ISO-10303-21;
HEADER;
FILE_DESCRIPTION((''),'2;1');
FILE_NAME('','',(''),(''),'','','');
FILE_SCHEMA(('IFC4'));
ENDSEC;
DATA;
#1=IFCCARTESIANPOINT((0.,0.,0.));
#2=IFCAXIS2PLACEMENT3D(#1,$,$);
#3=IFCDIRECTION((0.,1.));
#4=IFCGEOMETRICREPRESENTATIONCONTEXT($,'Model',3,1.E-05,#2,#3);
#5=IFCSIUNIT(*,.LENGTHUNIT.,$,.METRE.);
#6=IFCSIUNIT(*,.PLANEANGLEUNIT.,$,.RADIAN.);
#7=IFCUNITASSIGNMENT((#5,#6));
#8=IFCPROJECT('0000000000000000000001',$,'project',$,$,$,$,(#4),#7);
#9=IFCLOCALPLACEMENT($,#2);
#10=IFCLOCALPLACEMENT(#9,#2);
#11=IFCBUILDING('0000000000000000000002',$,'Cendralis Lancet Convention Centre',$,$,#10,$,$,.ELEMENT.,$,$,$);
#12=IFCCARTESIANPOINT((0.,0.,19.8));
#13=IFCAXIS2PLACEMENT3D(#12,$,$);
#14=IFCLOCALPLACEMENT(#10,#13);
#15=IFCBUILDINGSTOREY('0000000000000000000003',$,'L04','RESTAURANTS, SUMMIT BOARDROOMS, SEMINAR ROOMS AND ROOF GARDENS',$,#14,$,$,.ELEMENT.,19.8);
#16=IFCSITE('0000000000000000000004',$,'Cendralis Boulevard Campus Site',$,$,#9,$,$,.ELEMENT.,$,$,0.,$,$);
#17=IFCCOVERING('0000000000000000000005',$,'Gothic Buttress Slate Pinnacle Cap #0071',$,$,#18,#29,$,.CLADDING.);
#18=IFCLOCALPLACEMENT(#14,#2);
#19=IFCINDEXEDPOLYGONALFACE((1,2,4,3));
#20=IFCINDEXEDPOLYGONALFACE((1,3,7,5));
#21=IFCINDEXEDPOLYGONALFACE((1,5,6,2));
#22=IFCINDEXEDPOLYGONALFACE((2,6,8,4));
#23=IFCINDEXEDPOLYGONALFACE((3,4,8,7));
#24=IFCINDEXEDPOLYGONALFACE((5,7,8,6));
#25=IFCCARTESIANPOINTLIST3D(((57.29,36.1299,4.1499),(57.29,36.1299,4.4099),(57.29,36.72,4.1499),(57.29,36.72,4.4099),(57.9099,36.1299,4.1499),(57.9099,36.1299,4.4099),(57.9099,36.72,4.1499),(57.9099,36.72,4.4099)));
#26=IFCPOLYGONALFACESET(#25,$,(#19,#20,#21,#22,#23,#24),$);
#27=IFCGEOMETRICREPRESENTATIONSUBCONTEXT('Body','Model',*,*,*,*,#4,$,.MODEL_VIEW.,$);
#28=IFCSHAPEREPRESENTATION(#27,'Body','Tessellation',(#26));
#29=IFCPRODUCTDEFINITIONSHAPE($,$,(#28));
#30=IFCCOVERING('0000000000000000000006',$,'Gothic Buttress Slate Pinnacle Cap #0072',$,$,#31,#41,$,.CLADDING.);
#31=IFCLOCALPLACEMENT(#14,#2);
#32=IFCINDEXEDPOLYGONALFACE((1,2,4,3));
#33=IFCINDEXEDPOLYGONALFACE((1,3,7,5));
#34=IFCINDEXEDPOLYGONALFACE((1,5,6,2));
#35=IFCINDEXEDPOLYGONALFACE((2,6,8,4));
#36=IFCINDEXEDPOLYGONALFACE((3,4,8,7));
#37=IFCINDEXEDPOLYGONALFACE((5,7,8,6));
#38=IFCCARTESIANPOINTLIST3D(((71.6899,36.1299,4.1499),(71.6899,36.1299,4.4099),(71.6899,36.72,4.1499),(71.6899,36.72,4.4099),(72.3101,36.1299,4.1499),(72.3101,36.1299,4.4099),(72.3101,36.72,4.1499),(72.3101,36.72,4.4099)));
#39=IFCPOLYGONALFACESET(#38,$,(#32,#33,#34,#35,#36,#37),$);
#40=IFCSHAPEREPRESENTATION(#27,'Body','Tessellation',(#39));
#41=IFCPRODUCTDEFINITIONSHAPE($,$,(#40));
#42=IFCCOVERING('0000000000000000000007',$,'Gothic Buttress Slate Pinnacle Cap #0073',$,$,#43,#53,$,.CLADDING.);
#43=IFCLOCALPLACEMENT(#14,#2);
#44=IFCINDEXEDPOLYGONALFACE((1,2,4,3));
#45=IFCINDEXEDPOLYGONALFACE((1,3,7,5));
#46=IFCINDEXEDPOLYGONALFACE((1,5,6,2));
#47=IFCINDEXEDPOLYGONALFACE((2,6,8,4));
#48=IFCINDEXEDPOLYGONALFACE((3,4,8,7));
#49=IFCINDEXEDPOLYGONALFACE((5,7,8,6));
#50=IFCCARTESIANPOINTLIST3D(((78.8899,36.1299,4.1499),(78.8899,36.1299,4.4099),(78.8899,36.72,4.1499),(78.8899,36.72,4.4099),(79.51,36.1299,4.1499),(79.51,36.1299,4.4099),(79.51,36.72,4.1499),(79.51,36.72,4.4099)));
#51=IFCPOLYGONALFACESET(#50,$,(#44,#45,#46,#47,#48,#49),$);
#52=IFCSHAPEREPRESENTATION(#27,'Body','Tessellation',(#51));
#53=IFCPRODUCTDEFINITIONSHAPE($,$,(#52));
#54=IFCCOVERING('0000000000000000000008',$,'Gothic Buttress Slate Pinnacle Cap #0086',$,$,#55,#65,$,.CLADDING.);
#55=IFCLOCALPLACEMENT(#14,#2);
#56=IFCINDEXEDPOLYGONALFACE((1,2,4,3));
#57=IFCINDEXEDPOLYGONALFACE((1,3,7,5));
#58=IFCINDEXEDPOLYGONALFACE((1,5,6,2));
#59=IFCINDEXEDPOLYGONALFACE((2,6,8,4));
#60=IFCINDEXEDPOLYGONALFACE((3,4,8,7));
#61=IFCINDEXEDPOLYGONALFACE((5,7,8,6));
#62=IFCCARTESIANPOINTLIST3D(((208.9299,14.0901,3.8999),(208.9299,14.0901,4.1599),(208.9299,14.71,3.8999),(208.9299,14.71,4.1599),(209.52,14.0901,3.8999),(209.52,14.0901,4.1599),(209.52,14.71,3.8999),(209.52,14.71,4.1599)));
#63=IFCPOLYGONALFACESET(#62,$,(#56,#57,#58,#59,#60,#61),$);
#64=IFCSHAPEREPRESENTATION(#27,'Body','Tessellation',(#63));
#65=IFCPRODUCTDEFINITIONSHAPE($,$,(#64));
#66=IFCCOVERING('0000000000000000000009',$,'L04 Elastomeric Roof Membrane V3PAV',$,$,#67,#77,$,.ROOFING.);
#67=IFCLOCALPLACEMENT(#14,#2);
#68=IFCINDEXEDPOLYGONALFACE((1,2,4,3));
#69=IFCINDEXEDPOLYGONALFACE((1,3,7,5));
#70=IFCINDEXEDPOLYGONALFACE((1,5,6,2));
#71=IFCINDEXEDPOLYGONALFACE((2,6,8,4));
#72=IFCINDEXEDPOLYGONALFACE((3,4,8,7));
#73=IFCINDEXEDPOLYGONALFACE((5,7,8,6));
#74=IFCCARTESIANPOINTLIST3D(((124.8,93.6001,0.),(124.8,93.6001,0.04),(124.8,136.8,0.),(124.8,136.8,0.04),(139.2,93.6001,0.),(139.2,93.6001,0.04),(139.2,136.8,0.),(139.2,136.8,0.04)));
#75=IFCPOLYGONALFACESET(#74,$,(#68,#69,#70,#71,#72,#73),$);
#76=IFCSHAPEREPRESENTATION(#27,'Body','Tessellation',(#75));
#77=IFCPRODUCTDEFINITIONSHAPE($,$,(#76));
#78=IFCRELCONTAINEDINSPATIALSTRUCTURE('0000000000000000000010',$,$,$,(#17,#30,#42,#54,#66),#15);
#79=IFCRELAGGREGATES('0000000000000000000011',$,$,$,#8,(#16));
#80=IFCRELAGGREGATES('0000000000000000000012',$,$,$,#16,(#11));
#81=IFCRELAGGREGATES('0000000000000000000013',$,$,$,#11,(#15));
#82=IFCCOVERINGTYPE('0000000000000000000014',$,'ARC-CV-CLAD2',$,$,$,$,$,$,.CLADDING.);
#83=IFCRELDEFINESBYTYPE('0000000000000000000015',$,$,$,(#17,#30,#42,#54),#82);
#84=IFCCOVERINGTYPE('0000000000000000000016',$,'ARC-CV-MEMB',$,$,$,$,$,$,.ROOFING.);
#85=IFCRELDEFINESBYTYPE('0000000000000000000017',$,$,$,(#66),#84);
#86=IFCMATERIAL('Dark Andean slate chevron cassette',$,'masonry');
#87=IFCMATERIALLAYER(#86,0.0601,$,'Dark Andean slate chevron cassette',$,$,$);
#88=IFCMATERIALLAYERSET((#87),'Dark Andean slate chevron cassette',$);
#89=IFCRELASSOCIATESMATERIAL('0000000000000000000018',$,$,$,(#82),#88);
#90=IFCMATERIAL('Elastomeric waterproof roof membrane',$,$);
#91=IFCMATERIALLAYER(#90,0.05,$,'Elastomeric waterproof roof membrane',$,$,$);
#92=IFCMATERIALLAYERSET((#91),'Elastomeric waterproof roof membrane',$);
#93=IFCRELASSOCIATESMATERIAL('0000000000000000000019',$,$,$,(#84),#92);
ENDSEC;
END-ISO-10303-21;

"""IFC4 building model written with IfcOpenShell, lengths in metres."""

from ifc_helpers import new_model, si_unit, direction, frame, origin, place, context, subcontext, project, spatial, polyline, outline, extrude, material, layer, layer_set, type_object, element, save


model = new_model("IFC4")

# Units and contexts
model_context = context("Model", 3, precision=1e-05, world=origin(), true_north=direction((0.0, 1.0)))
body_context = subcontext(model_context, "Body", "Model", "MODEL_VIEW")
ifc_project = project(units=[si_unit("LENGTHUNIT", "METRE"), si_unit("PLANEANGLEUNIT", "RADIAN")], contexts=[model_context])

# Site, building, storey
site_placement = place(None, origin())
site = spatial("IfcSite", under=ifc_project, at=site_placement, Name="Cendralis Boulevard Campus Site", CompositionType="ELEMENT", RefElevation=0.0)
building_placement = place(site_placement, origin())
building = spatial("IfcBuilding", under=site, at=building_placement, Name="Cendralis Lancet Convention Centre", CompositionType="ELEMENT")
storey_placement = place(building_placement, frame((0.0, 0.0, 19.8)))
storey = spatial("IfcBuildingStorey", under=building, at=storey_placement, Name="L04", Description="RESTAURANTS, SUMMIT BOARDROOMS, SEMINAR ROOMS AND ROOF GARDENS", CompositionType="ELEMENT", Elevation=19.8)

# Coverings
ifc_material_1 = material(Name="Dark Andean slate chevron cassette", Category="masonry")
ifc_layer_1 = layer(ifc_material_1, 0.0601, Name="Dark Andean slate chevron cassette")
ifc_layer_set_1 = layer_set([ifc_layer_1], Name="Dark Andean slate chevron cassette")
covering_type_1 = type_object("IfcCoveringType", Name="ARC-CV-CLAD2", PredefinedType="CLADDING", material=ifc_layer_set_1)
covering_1_placement = place(storey_placement, frame((0.0, 0.0, 4.1499)))
element("IfcCovering", 1, at=covering_1_placement, inside=storey, type_object=covering_type_1, Name="Gothic Buttress Slate Pinnacle Cap #0071", PredefinedType="CLADDING", context=body_context, shape_type="SweptSolid", body=[
    extrude(outline(polyline([(57.9099, 36.72), (57.29, 36.72), (57.29, 36.1299), (57.9099, 36.1299), (57.9099, 36.72)])), origin(), (0.0, 0.0, 1.0), 0.26),
])
covering_2_placement = place(storey_placement, frame((0.0, 0.0, 4.1499)))
element("IfcCovering", 2, at=covering_2_placement, inside=storey, type_object=covering_type_1, Name="Gothic Buttress Slate Pinnacle Cap #0072", PredefinedType="CLADDING", context=body_context, shape_type="SweptSolid", body=[
    extrude(outline(polyline([(72.3101, 36.72), (71.6899, 36.72), (71.6899, 36.1299), (72.3101, 36.1299), (72.3101, 36.72)])), origin(), (0.0, 0.0, 1.0), 0.26),
])
covering_3_placement = place(storey_placement, frame((0.0, 0.0, 4.1499)))
element("IfcCovering", 3, at=covering_3_placement, inside=storey, type_object=covering_type_1, Name="Gothic Buttress Slate Pinnacle Cap #0073", PredefinedType="CLADDING", context=body_context, shape_type="SweptSolid", body=[
    extrude(outline(polyline([(79.51, 36.72), (78.8899, 36.72), (78.8899, 36.1299), (79.51, 36.1299), (79.51, 36.72)])), origin(), (0.0, 0.0, 1.0), 0.26),
])
covering_4_placement = place(storey_placement, frame((0.0, 0.0, 3.8999)))
element("IfcCovering", 4, at=covering_4_placement, inside=storey, type_object=covering_type_1, Name="Gothic Buttress Slate Pinnacle Cap #0086", PredefinedType="CLADDING", context=body_context, shape_type="SweptSolid", body=[
    extrude(outline(polyline([(209.52, 14.0901), (209.52, 14.71), (208.9299, 14.71), (208.9299, 14.0901), (209.52, 14.0901)])), origin(), (0.0, 0.0, 1.0), 0.26),
])
ifc_material_2 = material(Name="Elastomeric waterproof roof membrane")
ifc_layer_2 = layer(ifc_material_2, 0.05, Name="Elastomeric waterproof roof membrane")
ifc_layer_set_2 = layer_set([ifc_layer_2], Name="Elastomeric waterproof roof membrane")
covering_type_2 = type_object("IfcCoveringType", Name="ARC-CV-MEMB", PredefinedType="ROOFING", material=ifc_layer_set_2)
covering_5_placement = place(storey_placement, origin())
element("IfcCovering", 5, at=covering_5_placement, inside=storey, type_object=covering_type_2, Name="L04 Elastomeric Roof Membrane V3PAV", PredefinedType="ROOFING", context=body_context, shape_type="SweptSolid", body=[
    extrude(outline(polyline([(124.8, 93.6001), (139.2, 93.6001), (139.2, 136.8), (124.8, 136.8), (124.8, 93.6001)])), origin(), (0.0, 0.0, 1.0), 0.04),
])

save(model, "model.ifc")
